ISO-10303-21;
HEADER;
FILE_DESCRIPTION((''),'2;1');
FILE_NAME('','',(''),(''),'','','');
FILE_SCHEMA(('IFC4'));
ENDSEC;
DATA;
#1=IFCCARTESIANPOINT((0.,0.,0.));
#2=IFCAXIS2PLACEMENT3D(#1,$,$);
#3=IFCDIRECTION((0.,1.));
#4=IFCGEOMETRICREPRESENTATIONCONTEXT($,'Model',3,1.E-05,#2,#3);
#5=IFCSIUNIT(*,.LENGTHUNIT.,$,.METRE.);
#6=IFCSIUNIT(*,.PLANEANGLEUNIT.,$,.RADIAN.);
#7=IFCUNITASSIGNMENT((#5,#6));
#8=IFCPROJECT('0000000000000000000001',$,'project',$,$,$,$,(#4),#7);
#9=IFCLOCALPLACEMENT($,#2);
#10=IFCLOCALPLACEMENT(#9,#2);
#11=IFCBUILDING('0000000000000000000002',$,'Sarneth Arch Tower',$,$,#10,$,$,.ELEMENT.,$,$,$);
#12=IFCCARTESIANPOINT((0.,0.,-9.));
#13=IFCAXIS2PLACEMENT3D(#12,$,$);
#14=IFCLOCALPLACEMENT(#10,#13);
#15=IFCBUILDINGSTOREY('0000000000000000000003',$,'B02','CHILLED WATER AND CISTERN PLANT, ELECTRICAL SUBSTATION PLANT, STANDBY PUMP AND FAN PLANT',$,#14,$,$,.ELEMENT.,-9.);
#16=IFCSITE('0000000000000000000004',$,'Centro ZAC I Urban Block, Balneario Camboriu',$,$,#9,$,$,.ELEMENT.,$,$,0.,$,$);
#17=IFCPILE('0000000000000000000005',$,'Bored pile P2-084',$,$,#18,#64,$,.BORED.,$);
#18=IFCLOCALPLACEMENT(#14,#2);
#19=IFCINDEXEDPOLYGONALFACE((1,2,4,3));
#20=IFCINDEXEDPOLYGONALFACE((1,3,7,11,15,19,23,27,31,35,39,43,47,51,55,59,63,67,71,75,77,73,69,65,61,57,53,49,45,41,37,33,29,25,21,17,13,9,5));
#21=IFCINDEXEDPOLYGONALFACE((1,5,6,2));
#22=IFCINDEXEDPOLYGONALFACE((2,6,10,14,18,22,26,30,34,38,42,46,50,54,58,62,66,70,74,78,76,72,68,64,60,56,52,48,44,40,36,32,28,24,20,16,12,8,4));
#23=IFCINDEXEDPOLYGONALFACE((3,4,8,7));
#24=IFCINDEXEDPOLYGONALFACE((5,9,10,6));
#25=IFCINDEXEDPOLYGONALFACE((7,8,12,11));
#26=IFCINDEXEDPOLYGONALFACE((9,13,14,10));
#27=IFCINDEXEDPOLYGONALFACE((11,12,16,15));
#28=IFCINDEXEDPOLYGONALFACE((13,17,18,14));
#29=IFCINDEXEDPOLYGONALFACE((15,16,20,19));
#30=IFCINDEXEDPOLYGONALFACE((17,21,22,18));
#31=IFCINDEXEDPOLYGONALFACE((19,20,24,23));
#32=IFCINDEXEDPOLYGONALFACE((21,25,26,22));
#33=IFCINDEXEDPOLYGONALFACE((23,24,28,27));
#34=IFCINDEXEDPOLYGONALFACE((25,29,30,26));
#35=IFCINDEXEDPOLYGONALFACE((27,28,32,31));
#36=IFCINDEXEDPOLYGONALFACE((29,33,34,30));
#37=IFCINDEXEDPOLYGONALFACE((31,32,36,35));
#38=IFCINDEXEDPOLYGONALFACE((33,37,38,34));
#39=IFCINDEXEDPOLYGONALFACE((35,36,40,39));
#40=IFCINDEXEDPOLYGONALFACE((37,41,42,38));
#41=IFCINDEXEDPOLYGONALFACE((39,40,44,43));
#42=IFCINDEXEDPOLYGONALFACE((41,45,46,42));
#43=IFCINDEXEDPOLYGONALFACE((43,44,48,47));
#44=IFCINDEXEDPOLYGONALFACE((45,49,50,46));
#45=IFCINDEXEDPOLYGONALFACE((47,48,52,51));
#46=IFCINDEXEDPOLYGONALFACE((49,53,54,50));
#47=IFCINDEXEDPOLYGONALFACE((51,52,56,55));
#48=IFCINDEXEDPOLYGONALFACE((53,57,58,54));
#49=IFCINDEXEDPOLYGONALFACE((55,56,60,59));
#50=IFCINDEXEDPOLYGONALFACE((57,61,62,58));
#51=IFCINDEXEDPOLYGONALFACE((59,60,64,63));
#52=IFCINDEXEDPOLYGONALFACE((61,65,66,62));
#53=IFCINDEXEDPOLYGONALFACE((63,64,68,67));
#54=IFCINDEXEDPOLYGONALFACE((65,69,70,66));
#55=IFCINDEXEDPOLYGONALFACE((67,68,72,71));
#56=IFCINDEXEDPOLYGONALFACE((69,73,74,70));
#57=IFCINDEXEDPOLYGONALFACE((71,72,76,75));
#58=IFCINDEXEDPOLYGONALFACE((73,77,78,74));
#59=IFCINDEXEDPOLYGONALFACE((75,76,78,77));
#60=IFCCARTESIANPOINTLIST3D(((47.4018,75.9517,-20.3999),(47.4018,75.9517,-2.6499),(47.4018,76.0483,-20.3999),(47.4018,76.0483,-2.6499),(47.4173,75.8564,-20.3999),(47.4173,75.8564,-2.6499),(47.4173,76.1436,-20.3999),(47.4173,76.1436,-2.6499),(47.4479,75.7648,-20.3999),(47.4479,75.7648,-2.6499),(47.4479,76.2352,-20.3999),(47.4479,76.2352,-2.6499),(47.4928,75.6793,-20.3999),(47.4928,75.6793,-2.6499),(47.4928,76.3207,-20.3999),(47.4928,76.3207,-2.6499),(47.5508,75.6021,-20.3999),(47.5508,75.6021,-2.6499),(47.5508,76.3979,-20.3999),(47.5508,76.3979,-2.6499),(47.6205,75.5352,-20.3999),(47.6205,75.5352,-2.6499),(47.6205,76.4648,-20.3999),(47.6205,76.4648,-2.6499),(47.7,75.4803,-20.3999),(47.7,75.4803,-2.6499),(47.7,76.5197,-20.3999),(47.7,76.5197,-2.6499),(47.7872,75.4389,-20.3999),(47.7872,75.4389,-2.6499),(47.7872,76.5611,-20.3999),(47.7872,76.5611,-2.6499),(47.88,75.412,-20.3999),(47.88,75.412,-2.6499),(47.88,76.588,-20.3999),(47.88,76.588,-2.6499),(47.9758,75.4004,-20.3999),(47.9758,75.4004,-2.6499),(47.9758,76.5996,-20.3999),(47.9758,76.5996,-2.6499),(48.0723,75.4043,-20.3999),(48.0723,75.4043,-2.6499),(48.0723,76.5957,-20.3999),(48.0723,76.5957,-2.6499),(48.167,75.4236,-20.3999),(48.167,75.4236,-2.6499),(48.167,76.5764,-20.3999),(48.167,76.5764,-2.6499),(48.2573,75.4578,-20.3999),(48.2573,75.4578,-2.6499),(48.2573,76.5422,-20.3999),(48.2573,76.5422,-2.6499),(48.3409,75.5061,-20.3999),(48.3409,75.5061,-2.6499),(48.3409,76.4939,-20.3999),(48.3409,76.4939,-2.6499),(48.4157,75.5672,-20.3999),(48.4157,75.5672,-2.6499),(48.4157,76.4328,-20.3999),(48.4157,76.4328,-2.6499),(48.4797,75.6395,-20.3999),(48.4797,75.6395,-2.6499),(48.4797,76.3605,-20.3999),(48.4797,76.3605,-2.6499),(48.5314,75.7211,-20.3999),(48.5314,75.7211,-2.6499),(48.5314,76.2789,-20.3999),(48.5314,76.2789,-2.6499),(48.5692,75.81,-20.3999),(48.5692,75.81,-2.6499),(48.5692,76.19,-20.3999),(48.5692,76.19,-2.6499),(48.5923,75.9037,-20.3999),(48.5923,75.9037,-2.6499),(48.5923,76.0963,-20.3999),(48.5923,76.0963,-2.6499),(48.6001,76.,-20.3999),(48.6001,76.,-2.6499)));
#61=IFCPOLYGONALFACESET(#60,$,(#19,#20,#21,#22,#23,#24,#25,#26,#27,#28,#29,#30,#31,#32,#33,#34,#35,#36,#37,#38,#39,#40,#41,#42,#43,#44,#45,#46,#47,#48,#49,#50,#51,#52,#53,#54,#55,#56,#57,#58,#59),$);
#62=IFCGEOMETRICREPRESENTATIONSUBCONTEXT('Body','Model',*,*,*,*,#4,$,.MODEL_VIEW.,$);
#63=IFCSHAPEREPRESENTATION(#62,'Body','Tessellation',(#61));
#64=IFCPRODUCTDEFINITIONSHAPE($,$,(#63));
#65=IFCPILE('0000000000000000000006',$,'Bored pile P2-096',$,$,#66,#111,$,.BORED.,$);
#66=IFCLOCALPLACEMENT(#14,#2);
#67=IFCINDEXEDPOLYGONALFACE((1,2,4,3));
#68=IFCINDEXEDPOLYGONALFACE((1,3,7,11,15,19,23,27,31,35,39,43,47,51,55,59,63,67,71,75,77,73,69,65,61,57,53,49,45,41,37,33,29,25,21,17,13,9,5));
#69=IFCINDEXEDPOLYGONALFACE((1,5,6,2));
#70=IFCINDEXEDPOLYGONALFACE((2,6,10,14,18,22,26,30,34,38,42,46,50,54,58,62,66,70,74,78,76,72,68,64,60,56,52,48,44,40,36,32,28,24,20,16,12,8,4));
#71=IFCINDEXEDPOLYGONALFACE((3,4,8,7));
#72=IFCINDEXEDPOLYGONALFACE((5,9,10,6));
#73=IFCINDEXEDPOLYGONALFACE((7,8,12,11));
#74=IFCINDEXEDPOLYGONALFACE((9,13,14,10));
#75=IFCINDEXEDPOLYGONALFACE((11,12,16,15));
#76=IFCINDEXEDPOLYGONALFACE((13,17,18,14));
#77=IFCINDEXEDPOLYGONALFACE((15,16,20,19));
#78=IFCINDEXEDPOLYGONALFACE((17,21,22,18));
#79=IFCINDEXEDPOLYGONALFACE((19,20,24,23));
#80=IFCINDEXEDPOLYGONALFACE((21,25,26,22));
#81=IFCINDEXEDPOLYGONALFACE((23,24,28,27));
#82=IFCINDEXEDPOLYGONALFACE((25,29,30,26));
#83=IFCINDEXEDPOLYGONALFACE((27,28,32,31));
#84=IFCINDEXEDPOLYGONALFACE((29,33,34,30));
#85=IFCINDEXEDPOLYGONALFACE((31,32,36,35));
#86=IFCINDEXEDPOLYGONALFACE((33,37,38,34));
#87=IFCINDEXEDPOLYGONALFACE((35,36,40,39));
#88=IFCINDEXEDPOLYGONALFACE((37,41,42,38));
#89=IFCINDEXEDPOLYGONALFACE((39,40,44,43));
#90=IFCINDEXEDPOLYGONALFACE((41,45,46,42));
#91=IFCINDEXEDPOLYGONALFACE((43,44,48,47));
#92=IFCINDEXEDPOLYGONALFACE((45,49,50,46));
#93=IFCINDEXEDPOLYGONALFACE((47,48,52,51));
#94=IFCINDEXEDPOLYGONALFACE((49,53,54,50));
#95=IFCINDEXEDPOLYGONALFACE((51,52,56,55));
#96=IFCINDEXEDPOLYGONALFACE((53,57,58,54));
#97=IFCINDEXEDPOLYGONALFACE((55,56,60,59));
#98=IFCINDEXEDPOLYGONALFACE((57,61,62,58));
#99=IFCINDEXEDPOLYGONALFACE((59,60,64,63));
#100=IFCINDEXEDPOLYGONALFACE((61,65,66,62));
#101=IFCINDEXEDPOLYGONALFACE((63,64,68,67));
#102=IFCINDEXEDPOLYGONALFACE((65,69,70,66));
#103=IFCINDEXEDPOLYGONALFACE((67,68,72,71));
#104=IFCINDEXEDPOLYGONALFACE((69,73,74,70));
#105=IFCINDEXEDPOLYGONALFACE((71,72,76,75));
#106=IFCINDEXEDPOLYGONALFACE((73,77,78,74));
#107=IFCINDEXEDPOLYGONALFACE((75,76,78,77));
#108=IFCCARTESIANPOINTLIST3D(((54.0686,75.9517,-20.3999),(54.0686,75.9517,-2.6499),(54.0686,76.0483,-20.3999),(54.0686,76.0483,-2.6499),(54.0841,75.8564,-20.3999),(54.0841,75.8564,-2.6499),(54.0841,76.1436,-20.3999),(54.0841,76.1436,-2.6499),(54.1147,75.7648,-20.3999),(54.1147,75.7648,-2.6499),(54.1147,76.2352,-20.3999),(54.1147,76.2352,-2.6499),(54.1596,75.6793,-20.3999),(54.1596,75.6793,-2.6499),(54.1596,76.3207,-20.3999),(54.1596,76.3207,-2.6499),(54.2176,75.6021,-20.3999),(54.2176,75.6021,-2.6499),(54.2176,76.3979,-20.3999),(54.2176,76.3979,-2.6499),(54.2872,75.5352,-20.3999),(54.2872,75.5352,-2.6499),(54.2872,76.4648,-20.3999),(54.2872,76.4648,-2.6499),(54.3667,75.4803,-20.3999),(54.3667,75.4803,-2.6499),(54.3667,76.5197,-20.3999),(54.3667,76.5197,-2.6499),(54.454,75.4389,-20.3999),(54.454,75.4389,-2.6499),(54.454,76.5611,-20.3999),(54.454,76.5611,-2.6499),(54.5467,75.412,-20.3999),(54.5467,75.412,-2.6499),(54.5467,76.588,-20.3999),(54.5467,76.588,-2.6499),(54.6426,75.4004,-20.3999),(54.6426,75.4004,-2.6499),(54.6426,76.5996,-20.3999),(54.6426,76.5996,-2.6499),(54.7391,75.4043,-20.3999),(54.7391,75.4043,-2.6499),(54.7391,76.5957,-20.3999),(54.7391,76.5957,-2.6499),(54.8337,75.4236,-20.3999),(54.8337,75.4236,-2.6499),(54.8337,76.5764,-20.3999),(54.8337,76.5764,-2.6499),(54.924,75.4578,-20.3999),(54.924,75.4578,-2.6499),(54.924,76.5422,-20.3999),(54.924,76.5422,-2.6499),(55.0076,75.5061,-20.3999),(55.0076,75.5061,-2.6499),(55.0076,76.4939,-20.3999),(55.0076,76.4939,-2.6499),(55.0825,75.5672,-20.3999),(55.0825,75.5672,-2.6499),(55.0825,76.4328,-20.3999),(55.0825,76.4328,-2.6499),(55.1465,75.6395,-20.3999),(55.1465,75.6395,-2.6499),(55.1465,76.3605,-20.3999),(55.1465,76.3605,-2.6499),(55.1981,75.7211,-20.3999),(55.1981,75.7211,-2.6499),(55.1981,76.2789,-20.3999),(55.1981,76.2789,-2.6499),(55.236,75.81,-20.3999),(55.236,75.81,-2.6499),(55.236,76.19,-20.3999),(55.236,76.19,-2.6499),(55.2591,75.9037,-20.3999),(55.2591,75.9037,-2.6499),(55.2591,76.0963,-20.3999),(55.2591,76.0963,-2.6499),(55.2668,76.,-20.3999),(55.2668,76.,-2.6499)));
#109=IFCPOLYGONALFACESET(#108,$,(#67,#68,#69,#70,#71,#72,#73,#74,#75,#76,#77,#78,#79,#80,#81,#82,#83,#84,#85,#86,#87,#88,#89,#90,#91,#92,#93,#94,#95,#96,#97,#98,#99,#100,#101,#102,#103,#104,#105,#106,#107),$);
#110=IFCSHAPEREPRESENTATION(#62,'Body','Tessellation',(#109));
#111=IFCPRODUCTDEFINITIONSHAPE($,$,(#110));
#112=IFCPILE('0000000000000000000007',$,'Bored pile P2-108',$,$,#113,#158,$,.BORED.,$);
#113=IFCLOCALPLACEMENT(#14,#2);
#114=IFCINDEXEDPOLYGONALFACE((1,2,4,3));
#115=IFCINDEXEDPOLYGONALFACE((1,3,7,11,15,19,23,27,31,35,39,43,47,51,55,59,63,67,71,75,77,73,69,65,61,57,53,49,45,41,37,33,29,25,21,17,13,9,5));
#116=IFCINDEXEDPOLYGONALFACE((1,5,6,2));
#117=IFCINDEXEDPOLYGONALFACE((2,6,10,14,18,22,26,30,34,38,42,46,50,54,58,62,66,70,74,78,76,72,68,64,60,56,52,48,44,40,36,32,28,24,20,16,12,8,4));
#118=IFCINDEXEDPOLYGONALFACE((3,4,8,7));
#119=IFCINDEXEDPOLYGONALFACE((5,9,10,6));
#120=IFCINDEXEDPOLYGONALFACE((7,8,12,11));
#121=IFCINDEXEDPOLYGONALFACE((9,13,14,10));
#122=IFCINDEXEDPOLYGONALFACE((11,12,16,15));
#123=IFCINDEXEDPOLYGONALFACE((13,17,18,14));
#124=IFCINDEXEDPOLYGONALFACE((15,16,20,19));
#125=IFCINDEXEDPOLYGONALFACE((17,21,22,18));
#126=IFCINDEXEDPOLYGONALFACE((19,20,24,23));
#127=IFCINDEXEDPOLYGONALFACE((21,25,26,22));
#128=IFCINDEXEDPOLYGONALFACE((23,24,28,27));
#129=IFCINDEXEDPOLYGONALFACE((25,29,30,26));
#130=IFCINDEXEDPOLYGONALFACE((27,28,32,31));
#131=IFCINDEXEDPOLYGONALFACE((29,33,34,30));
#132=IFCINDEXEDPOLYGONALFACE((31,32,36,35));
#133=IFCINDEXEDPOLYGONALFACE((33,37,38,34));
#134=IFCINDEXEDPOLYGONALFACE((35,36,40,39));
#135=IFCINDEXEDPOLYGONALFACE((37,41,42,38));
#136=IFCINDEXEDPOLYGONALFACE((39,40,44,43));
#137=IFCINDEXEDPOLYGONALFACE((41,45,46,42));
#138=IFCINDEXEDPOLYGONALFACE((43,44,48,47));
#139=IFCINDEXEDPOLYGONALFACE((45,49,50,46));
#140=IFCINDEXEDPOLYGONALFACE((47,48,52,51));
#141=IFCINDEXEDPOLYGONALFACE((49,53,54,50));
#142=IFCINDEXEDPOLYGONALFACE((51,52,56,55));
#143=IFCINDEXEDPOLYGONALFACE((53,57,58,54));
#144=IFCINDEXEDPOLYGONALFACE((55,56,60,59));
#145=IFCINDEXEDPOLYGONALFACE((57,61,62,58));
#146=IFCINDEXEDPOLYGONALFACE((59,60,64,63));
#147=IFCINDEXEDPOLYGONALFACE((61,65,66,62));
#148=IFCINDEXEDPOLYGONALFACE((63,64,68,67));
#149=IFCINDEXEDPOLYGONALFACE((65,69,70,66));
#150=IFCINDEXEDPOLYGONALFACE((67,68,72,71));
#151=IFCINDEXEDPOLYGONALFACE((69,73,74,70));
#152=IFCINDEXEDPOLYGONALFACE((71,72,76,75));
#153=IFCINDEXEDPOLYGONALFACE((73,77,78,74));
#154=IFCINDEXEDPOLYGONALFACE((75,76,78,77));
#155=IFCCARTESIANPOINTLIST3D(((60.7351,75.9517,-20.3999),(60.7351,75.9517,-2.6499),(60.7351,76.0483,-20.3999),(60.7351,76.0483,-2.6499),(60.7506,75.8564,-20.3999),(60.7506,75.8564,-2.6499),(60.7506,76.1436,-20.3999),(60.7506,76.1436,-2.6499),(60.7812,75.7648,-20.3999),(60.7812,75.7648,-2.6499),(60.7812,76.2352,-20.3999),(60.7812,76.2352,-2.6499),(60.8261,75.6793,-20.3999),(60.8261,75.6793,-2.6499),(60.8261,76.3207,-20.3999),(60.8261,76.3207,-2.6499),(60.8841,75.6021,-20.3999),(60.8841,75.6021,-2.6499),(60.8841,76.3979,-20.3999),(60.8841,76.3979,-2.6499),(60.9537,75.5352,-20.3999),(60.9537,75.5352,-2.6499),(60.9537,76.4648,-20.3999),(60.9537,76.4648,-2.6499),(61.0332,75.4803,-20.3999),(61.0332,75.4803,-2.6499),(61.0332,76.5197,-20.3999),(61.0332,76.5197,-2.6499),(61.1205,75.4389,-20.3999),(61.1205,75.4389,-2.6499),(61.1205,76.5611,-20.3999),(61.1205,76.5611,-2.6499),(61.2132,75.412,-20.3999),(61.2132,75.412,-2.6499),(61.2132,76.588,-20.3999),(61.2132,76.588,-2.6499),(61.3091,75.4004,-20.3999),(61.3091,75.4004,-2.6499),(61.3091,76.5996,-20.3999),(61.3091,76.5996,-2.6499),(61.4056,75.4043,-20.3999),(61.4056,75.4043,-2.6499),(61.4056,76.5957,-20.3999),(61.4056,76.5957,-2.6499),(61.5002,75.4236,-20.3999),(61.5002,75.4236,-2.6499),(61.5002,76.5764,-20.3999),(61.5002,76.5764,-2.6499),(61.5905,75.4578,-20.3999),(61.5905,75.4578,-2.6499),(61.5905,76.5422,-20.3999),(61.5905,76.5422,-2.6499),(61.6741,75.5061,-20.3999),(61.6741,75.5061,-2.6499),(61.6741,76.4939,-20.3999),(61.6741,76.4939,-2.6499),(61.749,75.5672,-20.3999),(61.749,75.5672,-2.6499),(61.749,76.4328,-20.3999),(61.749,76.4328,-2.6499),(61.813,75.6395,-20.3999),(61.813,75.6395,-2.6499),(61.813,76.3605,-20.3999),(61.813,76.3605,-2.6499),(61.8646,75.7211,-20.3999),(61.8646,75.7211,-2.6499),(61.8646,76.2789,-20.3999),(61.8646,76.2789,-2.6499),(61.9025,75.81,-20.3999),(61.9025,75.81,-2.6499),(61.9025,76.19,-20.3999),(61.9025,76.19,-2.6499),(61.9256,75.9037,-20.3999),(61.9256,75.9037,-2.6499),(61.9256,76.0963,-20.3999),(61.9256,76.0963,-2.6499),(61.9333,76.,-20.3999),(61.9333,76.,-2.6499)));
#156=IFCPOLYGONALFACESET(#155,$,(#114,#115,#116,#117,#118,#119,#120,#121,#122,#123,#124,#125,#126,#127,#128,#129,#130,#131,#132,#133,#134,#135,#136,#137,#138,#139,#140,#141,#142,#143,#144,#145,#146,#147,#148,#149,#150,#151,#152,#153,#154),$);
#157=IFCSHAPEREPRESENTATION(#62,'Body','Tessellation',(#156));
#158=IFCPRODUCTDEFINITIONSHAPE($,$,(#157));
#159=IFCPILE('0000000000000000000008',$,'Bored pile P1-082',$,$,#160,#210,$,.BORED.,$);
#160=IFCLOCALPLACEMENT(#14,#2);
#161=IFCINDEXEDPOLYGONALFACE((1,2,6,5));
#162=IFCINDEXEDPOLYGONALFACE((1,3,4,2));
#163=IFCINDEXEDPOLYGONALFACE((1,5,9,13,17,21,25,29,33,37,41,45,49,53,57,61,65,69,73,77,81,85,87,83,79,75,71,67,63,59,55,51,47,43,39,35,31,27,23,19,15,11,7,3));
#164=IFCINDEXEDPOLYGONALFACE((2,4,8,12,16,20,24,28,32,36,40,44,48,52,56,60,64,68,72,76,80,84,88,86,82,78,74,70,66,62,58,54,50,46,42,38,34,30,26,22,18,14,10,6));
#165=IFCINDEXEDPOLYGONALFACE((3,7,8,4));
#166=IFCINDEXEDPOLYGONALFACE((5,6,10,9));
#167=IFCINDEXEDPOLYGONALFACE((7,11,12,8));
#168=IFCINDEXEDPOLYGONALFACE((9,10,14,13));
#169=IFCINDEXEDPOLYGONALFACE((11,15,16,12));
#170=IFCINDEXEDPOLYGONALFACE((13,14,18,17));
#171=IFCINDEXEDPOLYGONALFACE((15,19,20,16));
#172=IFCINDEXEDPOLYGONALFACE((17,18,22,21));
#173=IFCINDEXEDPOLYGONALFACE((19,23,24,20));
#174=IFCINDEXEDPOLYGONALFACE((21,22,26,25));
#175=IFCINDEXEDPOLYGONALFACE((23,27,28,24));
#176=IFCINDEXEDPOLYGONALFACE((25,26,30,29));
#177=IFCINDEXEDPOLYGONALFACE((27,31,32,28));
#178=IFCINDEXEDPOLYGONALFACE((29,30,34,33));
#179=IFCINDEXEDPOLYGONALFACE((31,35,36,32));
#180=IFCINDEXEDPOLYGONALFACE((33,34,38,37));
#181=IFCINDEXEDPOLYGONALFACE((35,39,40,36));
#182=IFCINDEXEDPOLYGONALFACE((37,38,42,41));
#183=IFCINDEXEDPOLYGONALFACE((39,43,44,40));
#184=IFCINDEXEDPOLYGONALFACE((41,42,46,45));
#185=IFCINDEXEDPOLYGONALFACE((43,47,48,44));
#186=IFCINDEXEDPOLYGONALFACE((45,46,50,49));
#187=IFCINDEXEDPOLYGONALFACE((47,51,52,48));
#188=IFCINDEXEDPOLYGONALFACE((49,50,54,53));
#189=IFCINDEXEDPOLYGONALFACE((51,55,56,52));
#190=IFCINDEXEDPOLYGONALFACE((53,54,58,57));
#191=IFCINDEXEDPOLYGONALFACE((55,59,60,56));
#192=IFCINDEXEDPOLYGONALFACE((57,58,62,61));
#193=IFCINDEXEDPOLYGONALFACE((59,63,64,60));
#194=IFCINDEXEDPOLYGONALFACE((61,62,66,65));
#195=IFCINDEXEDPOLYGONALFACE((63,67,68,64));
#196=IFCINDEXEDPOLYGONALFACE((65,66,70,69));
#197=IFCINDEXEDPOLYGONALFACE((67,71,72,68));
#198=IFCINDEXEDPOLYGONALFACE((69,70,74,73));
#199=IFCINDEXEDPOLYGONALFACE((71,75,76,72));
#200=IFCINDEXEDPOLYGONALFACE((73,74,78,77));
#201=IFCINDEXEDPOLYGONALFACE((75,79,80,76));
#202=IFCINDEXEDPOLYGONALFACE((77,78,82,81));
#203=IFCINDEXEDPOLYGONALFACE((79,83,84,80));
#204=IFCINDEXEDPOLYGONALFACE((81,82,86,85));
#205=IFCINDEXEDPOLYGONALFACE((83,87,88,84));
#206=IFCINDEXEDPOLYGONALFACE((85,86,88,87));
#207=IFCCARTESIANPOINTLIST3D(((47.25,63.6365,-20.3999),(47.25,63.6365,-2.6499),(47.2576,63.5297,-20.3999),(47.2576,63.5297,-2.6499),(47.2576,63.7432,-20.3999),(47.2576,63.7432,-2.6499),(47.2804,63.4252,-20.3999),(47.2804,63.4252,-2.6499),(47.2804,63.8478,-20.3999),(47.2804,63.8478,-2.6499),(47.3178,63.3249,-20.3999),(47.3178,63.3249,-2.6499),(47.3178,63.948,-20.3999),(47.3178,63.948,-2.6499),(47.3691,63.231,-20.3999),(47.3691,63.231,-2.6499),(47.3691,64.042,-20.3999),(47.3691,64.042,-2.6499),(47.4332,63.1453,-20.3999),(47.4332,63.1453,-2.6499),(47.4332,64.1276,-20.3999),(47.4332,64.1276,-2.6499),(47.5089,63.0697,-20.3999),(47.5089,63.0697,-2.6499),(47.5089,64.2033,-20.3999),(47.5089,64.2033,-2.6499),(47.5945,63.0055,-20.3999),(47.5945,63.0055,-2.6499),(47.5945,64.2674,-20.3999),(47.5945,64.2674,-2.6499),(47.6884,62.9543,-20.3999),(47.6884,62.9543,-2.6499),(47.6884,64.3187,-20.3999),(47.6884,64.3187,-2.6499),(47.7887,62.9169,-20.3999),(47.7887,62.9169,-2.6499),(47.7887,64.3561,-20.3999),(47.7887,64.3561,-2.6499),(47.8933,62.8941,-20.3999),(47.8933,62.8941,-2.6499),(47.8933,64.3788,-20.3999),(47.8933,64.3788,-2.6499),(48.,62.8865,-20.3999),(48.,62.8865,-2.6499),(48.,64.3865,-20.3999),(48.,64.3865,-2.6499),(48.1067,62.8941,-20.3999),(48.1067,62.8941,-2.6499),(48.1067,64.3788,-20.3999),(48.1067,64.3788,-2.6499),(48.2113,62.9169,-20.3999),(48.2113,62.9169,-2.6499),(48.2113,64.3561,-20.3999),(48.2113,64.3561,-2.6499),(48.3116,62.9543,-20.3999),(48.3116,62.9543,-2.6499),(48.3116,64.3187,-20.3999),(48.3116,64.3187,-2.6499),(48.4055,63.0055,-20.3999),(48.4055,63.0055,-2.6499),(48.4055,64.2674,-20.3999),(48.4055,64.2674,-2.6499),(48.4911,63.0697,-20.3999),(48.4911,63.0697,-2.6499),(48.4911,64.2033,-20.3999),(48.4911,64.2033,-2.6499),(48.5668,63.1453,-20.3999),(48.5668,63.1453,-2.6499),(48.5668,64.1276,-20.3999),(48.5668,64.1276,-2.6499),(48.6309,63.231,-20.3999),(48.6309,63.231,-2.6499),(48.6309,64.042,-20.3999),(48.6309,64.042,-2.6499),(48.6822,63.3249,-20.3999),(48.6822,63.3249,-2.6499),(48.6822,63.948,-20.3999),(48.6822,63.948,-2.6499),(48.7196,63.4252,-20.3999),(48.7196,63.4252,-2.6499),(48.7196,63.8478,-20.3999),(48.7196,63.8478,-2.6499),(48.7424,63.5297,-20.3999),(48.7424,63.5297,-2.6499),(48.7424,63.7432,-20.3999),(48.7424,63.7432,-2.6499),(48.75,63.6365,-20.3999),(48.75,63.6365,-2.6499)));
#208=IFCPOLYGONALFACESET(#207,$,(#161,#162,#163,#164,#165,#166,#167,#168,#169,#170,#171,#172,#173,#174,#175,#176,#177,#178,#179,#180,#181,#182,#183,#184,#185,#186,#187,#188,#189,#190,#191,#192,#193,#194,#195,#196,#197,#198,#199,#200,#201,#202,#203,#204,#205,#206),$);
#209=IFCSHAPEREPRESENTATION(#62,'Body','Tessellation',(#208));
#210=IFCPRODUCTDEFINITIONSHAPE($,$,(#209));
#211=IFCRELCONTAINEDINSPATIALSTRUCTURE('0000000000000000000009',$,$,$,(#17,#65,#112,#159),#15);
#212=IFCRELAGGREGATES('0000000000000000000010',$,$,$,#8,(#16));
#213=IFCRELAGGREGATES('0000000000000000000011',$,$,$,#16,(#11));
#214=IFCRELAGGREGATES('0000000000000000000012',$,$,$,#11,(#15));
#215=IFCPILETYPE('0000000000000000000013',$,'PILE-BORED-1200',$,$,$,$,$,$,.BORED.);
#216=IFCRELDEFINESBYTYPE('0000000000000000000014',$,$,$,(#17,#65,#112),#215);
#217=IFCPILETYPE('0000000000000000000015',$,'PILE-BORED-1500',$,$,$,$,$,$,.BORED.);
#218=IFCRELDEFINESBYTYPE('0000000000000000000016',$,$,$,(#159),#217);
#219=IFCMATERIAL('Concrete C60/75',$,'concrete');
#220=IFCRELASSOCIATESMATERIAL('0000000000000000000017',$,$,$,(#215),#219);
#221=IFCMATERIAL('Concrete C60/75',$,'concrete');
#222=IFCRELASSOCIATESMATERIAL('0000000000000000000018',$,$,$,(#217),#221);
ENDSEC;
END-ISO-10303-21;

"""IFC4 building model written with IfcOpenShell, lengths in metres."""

from ifc_helpers import new_model, si_unit, direction, frame, origin, origin_2d, place, context, subcontext, project, spatial, circle, extrude, material, material_profile, profile_set, type_object, element, save


model = new_model("IFC4")

# Units and contexts
model_context = context("Model", 3, precision=1e-05, world=origin(), true_north=direction((0.0, 1.0)))
body_context = subcontext(model_context, "Body", "Model", "MODEL_VIEW")
ifc_project = project(units=[si_unit("LENGTHUNIT", "METRE"), si_unit("PLANEANGLEUNIT", "RADIAN")], contexts=[model_context])

# Site, building, storey
site_placement = place(None, origin())
site = spatial("IfcSite", under=ifc_project, at=site_placement, Name="Centro ZAC I Urban Block, Balneario Camboriu", CompositionType="ELEMENT", RefElevation=0.0)
building_placement = place(site_placement, origin())
building = spatial("IfcBuilding", under=site, at=building_placement, Name="Sarneth Arch Tower", CompositionType="ELEMENT")
storey_placement = place(building_placement, frame((0.0, 0.0, -9.0)))
storey = spatial("IfcBuildingStorey", under=building, at=storey_placement, Name="B02", Description="CHILLED WATER AND CISTERN PLANT, ELECTRICAL SUBSTATION PLANT, STANDBY PUMP AND FAN PLANT", CompositionType="ELEMENT", Elevation=-9.0)

# Piles
ifc_material_1 = material(Name="Concrete C60/75", Category="concrete")
ifc_material_profile_1 = material_profile(ifc_material_1, circle(Radius=0.6001, at=origin_2d()), Name="PILE-D1200")
ifc_profile_set_1 = profile_set([ifc_material_profile_1], Name="Concrete C60/75")
pile_type_1 = type_object("IfcPileType", Name="PILE-BORED-1200", PredefinedType="BORED", material=ifc_profile_set_1)
for number, where, z_axis, x_axis, name in (
    (1, (48.0, 76.0, -2.6499), (0.0, 0.0, -1.0), (1.0, 0.0, 0.0), "Bored pile P2-084"),
    (2, (54.6667, 76.0, -2.6499), (0.0, 0.0, -1.0), (1.0, 0.0, 0.0), "Bored pile P2-096"),
    (3, (61.3333, 76.0, -2.6499), (0.0, 0.0, -1.0), (1.0, 0.0, 0.0), "Bored pile P2-108"),
):
    element("IfcPile", number, at=place(storey_placement, frame(where, z_axis=z_axis, x_axis=x_axis)), inside=storey, type_object=pile_type_1, Name=name, PredefinedType="BORED", context=body_context, shape_type="SweptSolid", body=[
        extrude(circle(Radius=0.6001, at=origin_2d()), origin(), (0.0, 0.0, 1.0), 17.75),
    ])
ifc_material_2 = material(Name="Concrete C60/75", Category="concrete")
ifc_material_profile_2 = material_profile(ifc_material_2, circle(Radius=0.75, at=origin_2d()), Name="PILE-D1500")
ifc_profile_set_2 = profile_set([ifc_material_profile_2], Name="Concrete C60/75")
pile_type_2 = type_object("IfcPileType", Name="PILE-BORED-1500", PredefinedType="BORED", material=ifc_profile_set_2)
for number, where, z_axis, x_axis, name in (
    (4, (48.0, 63.6365, -2.6499), (0.0, 0.0, -1.0), (1.0, 0.0, 0.0), "Bored pile P1-082"),
):
    element("IfcPile", number, at=place(storey_placement, frame(where, z_axis=z_axis, x_axis=x_axis)), inside=storey, type_object=pile_type_2, Name=name, PredefinedType="BORED", context=body_context, shape_type="SweptSolid", body=[
        extrude(circle(Radius=0.75, at=origin_2d()), origin(), (0.0, 0.0, 1.0), 17.75),
    ])

save(model, "model.ifc")
